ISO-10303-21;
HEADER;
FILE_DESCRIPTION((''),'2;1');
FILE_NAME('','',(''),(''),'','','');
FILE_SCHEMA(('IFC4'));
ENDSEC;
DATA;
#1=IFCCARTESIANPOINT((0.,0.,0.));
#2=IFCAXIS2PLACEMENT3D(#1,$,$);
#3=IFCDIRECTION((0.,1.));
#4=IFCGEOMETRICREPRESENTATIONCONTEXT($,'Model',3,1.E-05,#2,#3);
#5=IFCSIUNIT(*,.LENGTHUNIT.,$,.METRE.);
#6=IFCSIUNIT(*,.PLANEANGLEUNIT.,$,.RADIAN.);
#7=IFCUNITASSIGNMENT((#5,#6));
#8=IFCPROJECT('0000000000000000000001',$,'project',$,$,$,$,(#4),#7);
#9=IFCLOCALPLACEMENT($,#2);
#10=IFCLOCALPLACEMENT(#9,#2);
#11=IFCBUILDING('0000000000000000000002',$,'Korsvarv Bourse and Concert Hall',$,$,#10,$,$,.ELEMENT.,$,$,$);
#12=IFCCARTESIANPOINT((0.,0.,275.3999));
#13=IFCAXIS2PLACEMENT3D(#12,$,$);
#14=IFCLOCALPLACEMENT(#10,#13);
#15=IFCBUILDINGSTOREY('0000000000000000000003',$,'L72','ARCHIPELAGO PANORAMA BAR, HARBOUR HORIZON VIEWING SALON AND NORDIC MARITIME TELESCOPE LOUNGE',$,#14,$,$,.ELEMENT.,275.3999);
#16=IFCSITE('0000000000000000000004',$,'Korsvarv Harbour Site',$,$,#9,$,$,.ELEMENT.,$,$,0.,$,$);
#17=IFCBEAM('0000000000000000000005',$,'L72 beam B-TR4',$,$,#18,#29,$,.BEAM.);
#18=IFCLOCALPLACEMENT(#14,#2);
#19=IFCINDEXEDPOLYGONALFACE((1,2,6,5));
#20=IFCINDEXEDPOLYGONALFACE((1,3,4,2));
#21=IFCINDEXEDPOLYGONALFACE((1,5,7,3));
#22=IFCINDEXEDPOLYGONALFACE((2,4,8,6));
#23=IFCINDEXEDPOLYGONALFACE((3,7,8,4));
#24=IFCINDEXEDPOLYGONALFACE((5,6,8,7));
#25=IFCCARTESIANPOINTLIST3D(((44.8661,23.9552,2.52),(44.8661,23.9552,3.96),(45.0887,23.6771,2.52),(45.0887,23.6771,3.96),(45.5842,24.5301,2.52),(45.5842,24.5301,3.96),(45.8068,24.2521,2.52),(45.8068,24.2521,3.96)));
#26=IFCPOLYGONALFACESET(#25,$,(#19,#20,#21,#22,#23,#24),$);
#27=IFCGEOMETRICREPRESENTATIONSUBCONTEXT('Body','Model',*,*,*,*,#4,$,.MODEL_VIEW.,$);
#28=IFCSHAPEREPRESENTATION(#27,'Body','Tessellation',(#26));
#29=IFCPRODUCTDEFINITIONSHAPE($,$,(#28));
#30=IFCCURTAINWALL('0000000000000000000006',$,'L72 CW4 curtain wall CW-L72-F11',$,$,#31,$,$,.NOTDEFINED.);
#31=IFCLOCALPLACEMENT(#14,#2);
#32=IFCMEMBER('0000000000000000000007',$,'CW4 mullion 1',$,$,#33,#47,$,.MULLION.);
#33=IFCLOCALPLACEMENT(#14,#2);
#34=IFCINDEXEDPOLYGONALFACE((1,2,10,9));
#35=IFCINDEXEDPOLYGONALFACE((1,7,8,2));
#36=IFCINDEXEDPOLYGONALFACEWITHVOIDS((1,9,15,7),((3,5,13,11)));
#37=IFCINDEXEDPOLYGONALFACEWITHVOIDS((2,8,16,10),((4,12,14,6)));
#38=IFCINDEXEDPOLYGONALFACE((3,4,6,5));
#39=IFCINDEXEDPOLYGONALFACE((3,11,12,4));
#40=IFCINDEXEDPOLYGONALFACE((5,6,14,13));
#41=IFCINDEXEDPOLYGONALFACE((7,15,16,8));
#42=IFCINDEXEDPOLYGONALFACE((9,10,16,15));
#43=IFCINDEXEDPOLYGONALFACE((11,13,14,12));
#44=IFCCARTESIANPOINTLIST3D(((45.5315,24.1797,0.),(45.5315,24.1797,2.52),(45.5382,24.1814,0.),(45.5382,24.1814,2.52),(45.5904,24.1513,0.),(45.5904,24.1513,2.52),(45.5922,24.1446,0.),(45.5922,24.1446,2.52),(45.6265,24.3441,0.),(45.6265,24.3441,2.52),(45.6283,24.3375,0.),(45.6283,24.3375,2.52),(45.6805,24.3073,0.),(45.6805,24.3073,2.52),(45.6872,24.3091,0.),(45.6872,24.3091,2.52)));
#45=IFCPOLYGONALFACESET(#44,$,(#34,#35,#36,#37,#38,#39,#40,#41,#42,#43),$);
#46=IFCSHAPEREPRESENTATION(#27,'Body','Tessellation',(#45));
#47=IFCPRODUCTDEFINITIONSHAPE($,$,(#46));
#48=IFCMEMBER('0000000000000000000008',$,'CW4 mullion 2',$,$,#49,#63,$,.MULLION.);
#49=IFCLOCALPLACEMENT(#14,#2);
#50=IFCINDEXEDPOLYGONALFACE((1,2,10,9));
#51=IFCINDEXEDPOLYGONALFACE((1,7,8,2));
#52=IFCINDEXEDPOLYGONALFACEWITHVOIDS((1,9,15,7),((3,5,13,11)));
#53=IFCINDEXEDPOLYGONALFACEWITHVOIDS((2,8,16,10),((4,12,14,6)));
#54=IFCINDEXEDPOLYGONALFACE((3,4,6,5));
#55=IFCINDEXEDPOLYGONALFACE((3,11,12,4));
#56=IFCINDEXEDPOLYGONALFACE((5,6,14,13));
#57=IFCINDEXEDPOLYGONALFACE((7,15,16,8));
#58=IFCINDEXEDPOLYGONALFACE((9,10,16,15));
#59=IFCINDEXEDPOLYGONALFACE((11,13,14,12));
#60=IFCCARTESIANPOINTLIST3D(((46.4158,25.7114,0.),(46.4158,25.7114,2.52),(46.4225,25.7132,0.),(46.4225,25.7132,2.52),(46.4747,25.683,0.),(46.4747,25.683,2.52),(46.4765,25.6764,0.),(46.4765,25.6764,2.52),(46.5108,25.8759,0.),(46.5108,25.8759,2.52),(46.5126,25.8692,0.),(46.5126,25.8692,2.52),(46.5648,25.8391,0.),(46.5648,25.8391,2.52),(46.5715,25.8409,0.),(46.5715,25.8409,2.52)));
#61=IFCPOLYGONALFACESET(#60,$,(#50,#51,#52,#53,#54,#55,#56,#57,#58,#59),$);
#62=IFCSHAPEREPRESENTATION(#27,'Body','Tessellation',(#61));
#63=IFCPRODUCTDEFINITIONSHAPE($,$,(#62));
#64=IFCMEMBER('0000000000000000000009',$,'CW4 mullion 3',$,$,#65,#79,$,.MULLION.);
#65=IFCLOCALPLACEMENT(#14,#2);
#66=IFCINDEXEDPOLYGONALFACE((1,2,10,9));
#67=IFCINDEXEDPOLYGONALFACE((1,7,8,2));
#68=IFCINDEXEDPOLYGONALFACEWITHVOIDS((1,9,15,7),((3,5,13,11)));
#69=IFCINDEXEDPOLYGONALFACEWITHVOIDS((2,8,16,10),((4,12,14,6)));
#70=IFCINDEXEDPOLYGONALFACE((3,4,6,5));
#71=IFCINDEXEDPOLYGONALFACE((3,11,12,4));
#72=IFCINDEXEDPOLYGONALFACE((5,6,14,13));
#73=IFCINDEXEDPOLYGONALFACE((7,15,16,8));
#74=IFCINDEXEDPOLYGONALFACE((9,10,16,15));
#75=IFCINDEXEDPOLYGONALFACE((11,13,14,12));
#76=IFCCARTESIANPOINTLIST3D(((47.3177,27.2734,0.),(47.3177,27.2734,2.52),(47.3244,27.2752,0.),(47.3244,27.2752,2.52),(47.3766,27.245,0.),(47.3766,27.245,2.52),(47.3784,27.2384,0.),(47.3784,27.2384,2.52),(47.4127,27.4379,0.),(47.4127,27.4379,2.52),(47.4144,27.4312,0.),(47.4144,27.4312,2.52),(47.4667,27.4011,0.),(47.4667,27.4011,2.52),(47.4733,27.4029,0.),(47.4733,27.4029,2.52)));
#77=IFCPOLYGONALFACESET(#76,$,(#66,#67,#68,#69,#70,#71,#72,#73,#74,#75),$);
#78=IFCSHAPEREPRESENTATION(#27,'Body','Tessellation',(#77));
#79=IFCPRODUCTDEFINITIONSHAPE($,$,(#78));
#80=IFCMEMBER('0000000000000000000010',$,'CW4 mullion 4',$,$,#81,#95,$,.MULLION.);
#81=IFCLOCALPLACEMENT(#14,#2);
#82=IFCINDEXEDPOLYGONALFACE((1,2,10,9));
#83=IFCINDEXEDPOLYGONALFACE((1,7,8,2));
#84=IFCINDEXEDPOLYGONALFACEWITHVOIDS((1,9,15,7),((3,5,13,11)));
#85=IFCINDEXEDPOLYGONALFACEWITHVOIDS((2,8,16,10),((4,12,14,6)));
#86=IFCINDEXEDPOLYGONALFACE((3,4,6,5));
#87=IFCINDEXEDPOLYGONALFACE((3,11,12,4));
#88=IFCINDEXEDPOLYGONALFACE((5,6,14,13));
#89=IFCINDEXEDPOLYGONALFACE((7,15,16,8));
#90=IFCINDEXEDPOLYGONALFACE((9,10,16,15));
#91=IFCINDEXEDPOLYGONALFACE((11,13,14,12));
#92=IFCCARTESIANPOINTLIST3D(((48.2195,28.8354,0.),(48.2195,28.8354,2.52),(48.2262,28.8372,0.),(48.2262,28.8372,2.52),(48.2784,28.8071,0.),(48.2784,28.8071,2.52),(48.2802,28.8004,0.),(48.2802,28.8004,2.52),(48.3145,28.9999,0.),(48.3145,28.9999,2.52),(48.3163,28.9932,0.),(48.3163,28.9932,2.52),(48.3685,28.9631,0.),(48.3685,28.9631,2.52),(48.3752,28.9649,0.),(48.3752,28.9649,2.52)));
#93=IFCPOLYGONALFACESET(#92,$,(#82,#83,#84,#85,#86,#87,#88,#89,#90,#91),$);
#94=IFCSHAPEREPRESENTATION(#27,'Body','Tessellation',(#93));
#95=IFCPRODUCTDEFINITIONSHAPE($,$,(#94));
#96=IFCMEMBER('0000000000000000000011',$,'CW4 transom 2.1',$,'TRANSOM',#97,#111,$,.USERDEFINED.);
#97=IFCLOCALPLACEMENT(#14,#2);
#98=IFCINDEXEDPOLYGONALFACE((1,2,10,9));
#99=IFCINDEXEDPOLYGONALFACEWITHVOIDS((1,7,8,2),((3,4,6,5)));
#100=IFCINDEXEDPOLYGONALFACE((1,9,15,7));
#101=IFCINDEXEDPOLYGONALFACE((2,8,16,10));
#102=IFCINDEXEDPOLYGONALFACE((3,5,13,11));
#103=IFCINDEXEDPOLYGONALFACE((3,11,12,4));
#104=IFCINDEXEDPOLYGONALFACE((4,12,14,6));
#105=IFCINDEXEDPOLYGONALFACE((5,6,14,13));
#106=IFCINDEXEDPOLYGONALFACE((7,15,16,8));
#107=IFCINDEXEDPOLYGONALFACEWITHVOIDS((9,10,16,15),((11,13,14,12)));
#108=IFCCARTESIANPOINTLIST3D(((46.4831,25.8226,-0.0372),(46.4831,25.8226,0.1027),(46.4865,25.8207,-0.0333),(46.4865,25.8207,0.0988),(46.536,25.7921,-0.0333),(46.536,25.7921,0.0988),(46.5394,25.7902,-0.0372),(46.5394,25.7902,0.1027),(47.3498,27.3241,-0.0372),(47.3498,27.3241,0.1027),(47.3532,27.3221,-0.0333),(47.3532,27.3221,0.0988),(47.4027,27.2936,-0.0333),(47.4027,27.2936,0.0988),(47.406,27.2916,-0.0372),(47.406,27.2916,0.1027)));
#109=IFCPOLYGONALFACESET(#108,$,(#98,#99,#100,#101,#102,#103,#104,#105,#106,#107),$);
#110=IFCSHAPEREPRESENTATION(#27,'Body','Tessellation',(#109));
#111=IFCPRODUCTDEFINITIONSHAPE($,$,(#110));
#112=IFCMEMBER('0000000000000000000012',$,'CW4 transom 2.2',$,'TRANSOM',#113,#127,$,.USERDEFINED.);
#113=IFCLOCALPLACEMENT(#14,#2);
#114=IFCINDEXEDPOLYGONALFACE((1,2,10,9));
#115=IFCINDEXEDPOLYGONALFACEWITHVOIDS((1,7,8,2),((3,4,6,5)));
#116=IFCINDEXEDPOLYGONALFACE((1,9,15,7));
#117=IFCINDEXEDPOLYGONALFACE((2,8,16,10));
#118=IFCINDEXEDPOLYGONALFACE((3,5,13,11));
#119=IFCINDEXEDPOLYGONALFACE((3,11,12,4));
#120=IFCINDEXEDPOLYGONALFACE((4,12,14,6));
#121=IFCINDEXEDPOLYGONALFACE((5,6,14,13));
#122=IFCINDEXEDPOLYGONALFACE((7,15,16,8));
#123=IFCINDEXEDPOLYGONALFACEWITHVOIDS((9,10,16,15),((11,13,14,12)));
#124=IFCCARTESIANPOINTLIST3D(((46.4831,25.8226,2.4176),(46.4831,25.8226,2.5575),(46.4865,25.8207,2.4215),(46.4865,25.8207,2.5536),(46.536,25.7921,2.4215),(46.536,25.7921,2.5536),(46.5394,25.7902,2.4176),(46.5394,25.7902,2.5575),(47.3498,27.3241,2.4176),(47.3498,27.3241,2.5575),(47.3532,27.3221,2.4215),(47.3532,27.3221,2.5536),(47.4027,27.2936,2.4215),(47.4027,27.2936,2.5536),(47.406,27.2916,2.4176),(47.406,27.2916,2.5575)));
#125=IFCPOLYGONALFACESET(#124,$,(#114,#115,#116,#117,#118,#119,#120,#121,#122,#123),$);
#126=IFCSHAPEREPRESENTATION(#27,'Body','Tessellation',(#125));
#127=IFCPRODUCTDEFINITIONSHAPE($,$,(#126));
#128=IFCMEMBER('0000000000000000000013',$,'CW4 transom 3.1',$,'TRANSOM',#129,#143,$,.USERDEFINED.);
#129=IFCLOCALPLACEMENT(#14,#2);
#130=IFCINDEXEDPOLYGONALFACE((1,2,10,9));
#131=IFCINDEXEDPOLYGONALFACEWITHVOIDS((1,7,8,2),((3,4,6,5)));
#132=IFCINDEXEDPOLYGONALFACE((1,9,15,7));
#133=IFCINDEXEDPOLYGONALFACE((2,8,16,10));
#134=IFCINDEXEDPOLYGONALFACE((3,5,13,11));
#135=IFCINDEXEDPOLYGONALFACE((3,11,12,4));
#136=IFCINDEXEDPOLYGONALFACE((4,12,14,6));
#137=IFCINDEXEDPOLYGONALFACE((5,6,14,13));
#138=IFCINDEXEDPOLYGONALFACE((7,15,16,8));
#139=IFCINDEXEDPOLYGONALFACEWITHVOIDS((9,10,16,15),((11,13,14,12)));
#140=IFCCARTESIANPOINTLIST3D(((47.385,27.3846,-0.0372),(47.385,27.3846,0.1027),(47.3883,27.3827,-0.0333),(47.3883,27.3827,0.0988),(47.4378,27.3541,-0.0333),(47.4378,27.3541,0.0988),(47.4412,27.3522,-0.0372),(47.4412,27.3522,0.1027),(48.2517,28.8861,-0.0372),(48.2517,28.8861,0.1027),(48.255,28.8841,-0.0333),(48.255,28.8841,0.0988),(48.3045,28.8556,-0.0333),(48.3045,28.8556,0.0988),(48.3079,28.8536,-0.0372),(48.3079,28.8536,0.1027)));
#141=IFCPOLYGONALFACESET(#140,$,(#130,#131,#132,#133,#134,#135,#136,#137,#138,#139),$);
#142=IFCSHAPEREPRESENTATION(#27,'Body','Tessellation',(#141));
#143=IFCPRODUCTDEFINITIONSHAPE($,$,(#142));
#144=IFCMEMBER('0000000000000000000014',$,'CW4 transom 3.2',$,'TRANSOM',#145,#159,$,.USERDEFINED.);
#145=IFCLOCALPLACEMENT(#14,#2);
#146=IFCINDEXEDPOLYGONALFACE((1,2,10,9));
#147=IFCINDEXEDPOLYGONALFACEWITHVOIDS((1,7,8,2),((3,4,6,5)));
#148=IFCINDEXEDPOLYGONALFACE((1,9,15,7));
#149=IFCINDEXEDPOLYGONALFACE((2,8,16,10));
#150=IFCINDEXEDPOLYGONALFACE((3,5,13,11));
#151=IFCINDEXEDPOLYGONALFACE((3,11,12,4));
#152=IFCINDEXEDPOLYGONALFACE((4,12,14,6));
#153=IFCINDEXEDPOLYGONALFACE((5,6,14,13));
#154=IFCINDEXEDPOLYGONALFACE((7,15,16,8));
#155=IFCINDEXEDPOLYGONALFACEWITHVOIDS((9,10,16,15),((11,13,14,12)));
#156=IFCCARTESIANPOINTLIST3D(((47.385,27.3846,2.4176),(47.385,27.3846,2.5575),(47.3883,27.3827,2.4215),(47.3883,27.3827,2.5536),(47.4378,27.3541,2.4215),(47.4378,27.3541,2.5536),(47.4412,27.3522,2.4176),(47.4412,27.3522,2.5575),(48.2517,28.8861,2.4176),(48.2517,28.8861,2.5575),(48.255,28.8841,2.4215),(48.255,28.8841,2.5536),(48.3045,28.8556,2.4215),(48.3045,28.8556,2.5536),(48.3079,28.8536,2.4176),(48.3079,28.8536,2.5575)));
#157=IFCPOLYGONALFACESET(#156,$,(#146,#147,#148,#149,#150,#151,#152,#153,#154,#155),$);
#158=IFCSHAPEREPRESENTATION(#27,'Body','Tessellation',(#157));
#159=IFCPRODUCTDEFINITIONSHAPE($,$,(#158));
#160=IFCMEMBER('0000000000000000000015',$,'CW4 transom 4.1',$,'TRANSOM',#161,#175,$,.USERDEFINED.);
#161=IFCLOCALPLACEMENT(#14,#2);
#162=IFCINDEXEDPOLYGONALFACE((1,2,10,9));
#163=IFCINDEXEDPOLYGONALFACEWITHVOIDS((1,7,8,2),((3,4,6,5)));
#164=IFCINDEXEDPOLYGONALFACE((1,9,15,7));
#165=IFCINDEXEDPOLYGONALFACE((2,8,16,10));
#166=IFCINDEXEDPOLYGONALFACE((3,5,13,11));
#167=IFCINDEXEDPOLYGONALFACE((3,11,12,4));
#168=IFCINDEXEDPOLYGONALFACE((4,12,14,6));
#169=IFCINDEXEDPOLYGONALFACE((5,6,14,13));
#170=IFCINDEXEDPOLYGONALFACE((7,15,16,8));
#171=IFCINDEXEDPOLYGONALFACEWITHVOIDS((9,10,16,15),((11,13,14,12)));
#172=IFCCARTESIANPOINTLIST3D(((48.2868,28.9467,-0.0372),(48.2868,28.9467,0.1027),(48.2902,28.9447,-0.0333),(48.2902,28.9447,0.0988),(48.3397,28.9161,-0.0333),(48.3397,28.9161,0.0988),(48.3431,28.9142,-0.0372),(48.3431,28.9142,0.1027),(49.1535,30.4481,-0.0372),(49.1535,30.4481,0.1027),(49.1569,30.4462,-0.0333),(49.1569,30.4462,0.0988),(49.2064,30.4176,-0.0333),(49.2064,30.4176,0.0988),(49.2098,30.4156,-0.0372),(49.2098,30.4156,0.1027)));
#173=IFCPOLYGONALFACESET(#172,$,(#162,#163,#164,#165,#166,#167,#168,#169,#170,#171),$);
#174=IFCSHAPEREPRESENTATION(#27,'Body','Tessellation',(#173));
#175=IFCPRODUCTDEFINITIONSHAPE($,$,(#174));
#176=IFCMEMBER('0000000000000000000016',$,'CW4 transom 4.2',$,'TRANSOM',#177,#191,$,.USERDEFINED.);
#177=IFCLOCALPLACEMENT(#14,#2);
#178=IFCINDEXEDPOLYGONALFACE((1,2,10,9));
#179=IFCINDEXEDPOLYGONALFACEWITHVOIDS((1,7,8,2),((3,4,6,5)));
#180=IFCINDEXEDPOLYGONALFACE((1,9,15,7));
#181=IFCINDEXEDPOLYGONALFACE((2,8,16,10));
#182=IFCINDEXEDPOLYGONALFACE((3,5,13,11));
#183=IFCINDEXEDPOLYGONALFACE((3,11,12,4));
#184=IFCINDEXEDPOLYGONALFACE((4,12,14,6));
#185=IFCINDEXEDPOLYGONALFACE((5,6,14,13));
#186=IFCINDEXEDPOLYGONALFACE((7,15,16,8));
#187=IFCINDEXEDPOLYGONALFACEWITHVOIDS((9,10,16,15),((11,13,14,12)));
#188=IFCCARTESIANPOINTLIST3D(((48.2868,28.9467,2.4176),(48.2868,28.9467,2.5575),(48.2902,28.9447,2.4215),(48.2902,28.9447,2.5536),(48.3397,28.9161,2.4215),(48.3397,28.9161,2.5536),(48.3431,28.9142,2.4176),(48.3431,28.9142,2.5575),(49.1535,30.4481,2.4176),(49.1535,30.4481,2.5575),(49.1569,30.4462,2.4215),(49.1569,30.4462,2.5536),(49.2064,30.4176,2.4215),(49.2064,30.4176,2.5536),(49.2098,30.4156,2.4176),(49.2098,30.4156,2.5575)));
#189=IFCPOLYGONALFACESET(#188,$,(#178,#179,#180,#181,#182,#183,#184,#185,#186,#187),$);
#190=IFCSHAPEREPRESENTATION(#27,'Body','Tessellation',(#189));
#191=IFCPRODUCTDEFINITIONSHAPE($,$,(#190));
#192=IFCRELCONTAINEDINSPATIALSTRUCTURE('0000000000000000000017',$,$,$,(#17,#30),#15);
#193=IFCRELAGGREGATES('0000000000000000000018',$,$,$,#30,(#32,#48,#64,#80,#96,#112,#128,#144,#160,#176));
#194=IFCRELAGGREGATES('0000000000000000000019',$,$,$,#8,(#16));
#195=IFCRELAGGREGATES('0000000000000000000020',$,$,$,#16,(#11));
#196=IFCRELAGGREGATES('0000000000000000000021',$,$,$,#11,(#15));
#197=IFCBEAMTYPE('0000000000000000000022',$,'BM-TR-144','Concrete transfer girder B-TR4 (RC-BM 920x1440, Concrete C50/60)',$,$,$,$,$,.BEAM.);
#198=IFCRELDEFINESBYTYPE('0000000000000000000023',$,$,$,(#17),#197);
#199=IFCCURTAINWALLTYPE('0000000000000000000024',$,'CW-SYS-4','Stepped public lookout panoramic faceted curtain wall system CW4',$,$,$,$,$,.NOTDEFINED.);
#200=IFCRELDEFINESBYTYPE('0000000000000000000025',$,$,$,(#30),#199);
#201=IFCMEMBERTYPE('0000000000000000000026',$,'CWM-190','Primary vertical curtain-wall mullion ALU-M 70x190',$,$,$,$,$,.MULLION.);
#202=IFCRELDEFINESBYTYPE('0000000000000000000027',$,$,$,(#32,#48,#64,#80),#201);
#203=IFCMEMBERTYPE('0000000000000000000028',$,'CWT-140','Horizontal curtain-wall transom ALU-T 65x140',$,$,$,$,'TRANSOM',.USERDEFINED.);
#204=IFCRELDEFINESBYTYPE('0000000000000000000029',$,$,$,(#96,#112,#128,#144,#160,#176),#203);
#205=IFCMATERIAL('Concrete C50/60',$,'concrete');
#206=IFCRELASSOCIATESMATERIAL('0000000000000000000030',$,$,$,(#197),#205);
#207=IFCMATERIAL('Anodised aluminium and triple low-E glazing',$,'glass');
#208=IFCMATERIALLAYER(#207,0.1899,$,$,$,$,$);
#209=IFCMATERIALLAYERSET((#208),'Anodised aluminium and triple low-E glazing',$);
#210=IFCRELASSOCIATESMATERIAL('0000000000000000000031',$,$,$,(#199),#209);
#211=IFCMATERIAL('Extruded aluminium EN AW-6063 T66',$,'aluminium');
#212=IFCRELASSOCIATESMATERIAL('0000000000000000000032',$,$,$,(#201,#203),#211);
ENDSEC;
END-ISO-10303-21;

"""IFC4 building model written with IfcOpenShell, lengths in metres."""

from ifc_helpers import new_model, si_unit, direction, frame, origin, origin_2d, place, context, subcontext, project, spatial, rectangle, hollow_rectangle, extrude, source, transform, mapped, material, layer, layer_set, material_profile, profile_set, type_object, element, aggregate, save


model = new_model("IFC4")

# Units and contexts
model_context = context("Model", 3, precision=1e-05, world=origin(), true_north=direction((0.0, 1.0)))
body_context = subcontext(model_context, "Body", "Model", "MODEL_VIEW")
ifc_project = project(units=[si_unit("LENGTHUNIT", "METRE"), si_unit("PLANEANGLEUNIT", "RADIAN")], contexts=[model_context])

# Site, building, storey
site_placement = place(None, origin())
site = spatial("IfcSite", under=ifc_project, at=site_placement, Name="Korsvarv Harbour Site", CompositionType="ELEMENT", RefElevation=0.0)
building_placement = place(site_placement, origin())
building = spatial("IfcBuilding", under=site, at=building_placement, Name="Korsvarv Bourse and Concert Hall", CompositionType="ELEMENT")
storey_placement = place(building_placement, frame((0.0, 0.0, 275.3999)))
storey = spatial("IfcBuildingStorey", under=building, at=storey_placement, Name="L72", Description="ARCHIPELAGO PANORAMA BAR, HARBOUR HORIZON VIEWING SALON AND NORDIC MARITIME TELESCOPE LOUNGE", CompositionType="ELEMENT", Elevation=275.3999)

# Beam
ifc_material_1 = material(Name="Concrete C50/60", Category="concrete")
ifc_material_profile_1 = material_profile(ifc_material_1, rectangle(XDim=0.9199, YDim=1.4399, at=origin_2d()), Name="RC-BM 920x1440")
ifc_profile_set_1 = profile_set([ifc_material_profile_1], Name="Concrete C50/60")
beam_type = type_object("IfcBeamType", Name="BM-TR-144", Description="Concrete transfer girder B-TR4 (RC-BM 920x1440, Concrete C50/60)", PredefinedType="BEAM", material=ifc_profile_set_1)
shared_shape_1 = source(origin(), body_context, "Body", "SweptSolid", [
    extrude(rectangle(XDim=0.9199, YDim=1.4399, at=origin_2d()), origin(), (0.0, 0.0, 1.0), 0.3562),
])
beam_1_placement = place(storey_placement, frame((45.4478, 23.9646, 3.24), z_axis=(-0.625029, 0.780601, 0.0), x_axis=(-0.780601, -0.625029, 0.0)))
element("IfcBeam", 1, at=beam_1_placement, inside=storey, type_object=beam_type, Name="L72 beam B-TR4", PredefinedType="BEAM", context=body_context, shape_type="MappedRepresentation", body=[
    mapped(shared_shape_1, transform((0.0, 0.0, 0.0), scale=1.0)),
])

# Curtain wall, members
ifc_material_2 = material(Name="Anodised aluminium and triple low-E glazing", Category="glass")
ifc_layer_1 = layer(ifc_material_2, 0.1899)
ifc_layer_set_1 = layer_set([ifc_layer_1], Name="Anodised aluminium and triple low-E glazing")
curtain_wall_type = type_object("IfcCurtainWallType", Name="CW-SYS-4", Description="Stepped public lookout panoramic faceted curtain wall system CW4", PredefinedType="NOTDEFINED", material=ifc_layer_set_1)
curtain_wall_placement = place(storey_placement, origin())
curtain_wall = element("IfcCurtainWall", 2, at=curtain_wall_placement, inside=storey, type_object=curtain_wall_type, Name="L72 CW4 curtain wall CW-L72-F11", PredefinedType="NOTDEFINED")
ifc_material_3 = material(Name="Extruded aluminium EN AW-6063 T66", Category="aluminium")
ifc_material_profile_2 = material_profile(ifc_material_3, hollow_rectangle(XDim=0.0701, YDim=0.1899, WallThickness=0.0049, at=origin_2d()), Name="ALU-M 70x190")
ifc_profile_set_2 = profile_set([ifc_material_profile_2], Name="Extruded aluminium EN AW-6063 T66")
member_type_1 = type_object("IfcMemberType", Name="CWM-190", Description="Primary vertical curtain-wall mullion ALU-M 70x190", PredefinedType="MULLION", material=ifc_profile_set_2)
shared_shape_2 = source(origin(), body_context, "Body", "SweptSolid", [
    extrude(hollow_rectangle(XDim=0.0701, YDim=0.1899, WallThickness=0.0049, at=origin_2d()), origin(), (0.0, 0.0, 1.0), 2.52),
])
member_1_placement = place(storey_placement, frame((45.6094, 24.2444, 0.0), z_axis=(0.0, 0.0, 1.0), x_axis=(-0.866023, 0.500004, 0.0)))
member_1 = element("IfcMember", 3, at=member_1_placement, type_object=member_type_1, Name="CW4 mullion 1", PredefinedType="MULLION", context=body_context, shape_type="MappedRepresentation", body=[
    mapped(shared_shape_2, transform((0.0, 0.0, 0.0), scale=1.0)),
])
member_2_placement = place(storey_placement, frame((46.4937, 25.7761, 0.0), z_axis=(0.0, 0.0, 1.0), x_axis=(-0.866023, 0.500004, 0.0)))
member_2 = element("IfcMember", 4, at=member_2_placement, type_object=member_type_1, Name="CW4 mullion 2", PredefinedType="MULLION", context=body_context, shape_type="MappedRepresentation", body=[
    mapped(shared_shape_2, transform((0.0, 0.0, 0.0), scale=1.0)),
])
member_3_placement = place(storey_placement, frame((47.3955, 27.3381, 0.0), z_axis=(0.0, 0.0, 1.0), x_axis=(-0.866023, 0.500004, 0.0)))
member_3 = element("IfcMember", 5, at=member_3_placement, type_object=member_type_1, Name="CW4 mullion 3", PredefinedType="MULLION", context=body_context, shape_type="MappedRepresentation", body=[
    mapped(shared_shape_2, transform((0.0, 0.0, 0.0), scale=1.0)),
])
member_4_placement = place(storey_placement, frame((48.2974, 28.9001, 0.0), z_axis=(0.0, 0.0, 1.0), x_axis=(-0.866023, 0.500004, 0.0)))
member_4 = element("IfcMember", 6, at=member_4_placement, type_object=member_type_1, Name="CW4 mullion 4", PredefinedType="MULLION", context=body_context, shape_type="MappedRepresentation", body=[
    mapped(shared_shape_2, transform((0.0, 0.0, 0.0), scale=1.0)),
])
ifc_material_profile_3 = material_profile(ifc_material_3, hollow_rectangle(XDim=0.0649, YDim=0.1399, WallThickness=0.0039, at=origin_2d()), Name="ALU-T 65x140")
ifc_profile_set_3 = profile_set([ifc_material_profile_3], Name="Extruded aluminium EN AW-6063 T66")
member_type_2 = type_object("IfcMemberType", Name="CWT-140", Description="Horizontal curtain-wall transom ALU-T 65x140", ElementType="TRANSOM", PredefinedType="USERDEFINED", material=ifc_profile_set_3)
shared_shape_3 = source(origin(), body_context, "Body", "SweptSolid", [
    extrude(hollow_rectangle(XDim=0.0649, YDim=0.1399, WallThickness=0.0039, at=origin_2d()), origin(), (0.0, 0.0, 1.0), 1.7336),
])
member_5_placement = place(storey_placement, frame((46.5112, 25.8064, 0.0327), z_axis=(0.499926, 0.866068, 0.0), x_axis=(-0.866068, 0.499926, 0.0)))
member_5 = element("IfcMember", 7, at=member_5_placement, type_object=member_type_2, Name="CW4 transom 2.1", ObjectType="TRANSOM", PredefinedType="USERDEFINED", context=body_context, shape_type="MappedRepresentation", body=[
    mapped(shared_shape_3, transform((0.0, 0.0, 0.0), scale=1.0)),
])
member_6_placement = place(storey_placement, frame((46.5112, 25.8064, 2.4875), z_axis=(0.499926, 0.866068, 0.0), x_axis=(-0.866068, 0.499926, 0.0)))
member_6 = element("IfcMember", 8, at=member_6_placement, type_object=member_type_2, Name="CW4 transom 2.2", ObjectType="TRANSOM", PredefinedType="USERDEFINED", context=body_context, shape_type="MappedRepresentation", body=[
    mapped(shared_shape_3, transform((0.0, 0.0, 0.0), scale=1.0)),
])
member_7_placement = place(storey_placement, frame((47.4131, 27.3684, 0.0327), z_axis=(0.499926, 0.866068, 0.0), x_axis=(-0.866068, 0.499926, 0.0)))
member_7 = element("IfcMember", 9, at=member_7_placement, type_object=member_type_2, Name="CW4 transom 3.1", ObjectType="TRANSOM", PredefinedType="USERDEFINED", context=body_context, shape_type="MappedRepresentation", body=[
    mapped(shared_shape_3, transform((0.0, 0.0, 0.0), scale=1.0)),
])
member_8_placement = place(storey_placement, frame((47.4131, 27.3684, 2.4875), z_axis=(0.499926, 0.866068, 0.0), x_axis=(-0.866068, 0.499926, 0.0)))
member_8 = element("IfcMember", 10, at=member_8_placement, type_object=member_type_2, Name="CW4 transom 3.2", ObjectType="TRANSOM", PredefinedType="USERDEFINED", context=body_context, shape_type="MappedRepresentation", body=[
    mapped(shared_shape_3, transform((0.0, 0.0, 0.0), scale=1.0)),
])
member_9_placement = place(storey_placement, frame((48.3149, 28.9304, 0.0327), z_axis=(0.499926, 0.866068, 0.0), x_axis=(-0.866068, 0.499926, 0.0)))
member_9 = element("IfcMember", 11, at=member_9_placement, type_object=member_type_2, Name="CW4 transom 4.1", ObjectType="TRANSOM", PredefinedType="USERDEFINED", context=body_context, shape_type="MappedRepresentation", body=[
    mapped(shared_shape_3, transform((0.0, 0.0, 0.0), scale=1.0)),
])
member_10_placement = place(storey_placement, frame((48.3149, 28.9304, 2.4875), z_axis=(0.499926, 0.866068, 0.0), x_axis=(-0.866068, 0.499926, 0.0)))
member_10 = element("IfcMember", 12, at=member_10_placement, type_object=member_type_2, Name="CW4 transom 4.2", ObjectType="TRANSOM", PredefinedType="USERDEFINED", context=body_context, shape_type="MappedRepresentation", body=[
    mapped(shared_shape_3, transform((0.0, 0.0, 0.0), scale=1.0)),
])
aggregate(curtain_wall, [member_1, member_2, member_3, member_4, member_5, member_6, member_7, member_8, member_9, member_10])

save(model, "model.ifc")
